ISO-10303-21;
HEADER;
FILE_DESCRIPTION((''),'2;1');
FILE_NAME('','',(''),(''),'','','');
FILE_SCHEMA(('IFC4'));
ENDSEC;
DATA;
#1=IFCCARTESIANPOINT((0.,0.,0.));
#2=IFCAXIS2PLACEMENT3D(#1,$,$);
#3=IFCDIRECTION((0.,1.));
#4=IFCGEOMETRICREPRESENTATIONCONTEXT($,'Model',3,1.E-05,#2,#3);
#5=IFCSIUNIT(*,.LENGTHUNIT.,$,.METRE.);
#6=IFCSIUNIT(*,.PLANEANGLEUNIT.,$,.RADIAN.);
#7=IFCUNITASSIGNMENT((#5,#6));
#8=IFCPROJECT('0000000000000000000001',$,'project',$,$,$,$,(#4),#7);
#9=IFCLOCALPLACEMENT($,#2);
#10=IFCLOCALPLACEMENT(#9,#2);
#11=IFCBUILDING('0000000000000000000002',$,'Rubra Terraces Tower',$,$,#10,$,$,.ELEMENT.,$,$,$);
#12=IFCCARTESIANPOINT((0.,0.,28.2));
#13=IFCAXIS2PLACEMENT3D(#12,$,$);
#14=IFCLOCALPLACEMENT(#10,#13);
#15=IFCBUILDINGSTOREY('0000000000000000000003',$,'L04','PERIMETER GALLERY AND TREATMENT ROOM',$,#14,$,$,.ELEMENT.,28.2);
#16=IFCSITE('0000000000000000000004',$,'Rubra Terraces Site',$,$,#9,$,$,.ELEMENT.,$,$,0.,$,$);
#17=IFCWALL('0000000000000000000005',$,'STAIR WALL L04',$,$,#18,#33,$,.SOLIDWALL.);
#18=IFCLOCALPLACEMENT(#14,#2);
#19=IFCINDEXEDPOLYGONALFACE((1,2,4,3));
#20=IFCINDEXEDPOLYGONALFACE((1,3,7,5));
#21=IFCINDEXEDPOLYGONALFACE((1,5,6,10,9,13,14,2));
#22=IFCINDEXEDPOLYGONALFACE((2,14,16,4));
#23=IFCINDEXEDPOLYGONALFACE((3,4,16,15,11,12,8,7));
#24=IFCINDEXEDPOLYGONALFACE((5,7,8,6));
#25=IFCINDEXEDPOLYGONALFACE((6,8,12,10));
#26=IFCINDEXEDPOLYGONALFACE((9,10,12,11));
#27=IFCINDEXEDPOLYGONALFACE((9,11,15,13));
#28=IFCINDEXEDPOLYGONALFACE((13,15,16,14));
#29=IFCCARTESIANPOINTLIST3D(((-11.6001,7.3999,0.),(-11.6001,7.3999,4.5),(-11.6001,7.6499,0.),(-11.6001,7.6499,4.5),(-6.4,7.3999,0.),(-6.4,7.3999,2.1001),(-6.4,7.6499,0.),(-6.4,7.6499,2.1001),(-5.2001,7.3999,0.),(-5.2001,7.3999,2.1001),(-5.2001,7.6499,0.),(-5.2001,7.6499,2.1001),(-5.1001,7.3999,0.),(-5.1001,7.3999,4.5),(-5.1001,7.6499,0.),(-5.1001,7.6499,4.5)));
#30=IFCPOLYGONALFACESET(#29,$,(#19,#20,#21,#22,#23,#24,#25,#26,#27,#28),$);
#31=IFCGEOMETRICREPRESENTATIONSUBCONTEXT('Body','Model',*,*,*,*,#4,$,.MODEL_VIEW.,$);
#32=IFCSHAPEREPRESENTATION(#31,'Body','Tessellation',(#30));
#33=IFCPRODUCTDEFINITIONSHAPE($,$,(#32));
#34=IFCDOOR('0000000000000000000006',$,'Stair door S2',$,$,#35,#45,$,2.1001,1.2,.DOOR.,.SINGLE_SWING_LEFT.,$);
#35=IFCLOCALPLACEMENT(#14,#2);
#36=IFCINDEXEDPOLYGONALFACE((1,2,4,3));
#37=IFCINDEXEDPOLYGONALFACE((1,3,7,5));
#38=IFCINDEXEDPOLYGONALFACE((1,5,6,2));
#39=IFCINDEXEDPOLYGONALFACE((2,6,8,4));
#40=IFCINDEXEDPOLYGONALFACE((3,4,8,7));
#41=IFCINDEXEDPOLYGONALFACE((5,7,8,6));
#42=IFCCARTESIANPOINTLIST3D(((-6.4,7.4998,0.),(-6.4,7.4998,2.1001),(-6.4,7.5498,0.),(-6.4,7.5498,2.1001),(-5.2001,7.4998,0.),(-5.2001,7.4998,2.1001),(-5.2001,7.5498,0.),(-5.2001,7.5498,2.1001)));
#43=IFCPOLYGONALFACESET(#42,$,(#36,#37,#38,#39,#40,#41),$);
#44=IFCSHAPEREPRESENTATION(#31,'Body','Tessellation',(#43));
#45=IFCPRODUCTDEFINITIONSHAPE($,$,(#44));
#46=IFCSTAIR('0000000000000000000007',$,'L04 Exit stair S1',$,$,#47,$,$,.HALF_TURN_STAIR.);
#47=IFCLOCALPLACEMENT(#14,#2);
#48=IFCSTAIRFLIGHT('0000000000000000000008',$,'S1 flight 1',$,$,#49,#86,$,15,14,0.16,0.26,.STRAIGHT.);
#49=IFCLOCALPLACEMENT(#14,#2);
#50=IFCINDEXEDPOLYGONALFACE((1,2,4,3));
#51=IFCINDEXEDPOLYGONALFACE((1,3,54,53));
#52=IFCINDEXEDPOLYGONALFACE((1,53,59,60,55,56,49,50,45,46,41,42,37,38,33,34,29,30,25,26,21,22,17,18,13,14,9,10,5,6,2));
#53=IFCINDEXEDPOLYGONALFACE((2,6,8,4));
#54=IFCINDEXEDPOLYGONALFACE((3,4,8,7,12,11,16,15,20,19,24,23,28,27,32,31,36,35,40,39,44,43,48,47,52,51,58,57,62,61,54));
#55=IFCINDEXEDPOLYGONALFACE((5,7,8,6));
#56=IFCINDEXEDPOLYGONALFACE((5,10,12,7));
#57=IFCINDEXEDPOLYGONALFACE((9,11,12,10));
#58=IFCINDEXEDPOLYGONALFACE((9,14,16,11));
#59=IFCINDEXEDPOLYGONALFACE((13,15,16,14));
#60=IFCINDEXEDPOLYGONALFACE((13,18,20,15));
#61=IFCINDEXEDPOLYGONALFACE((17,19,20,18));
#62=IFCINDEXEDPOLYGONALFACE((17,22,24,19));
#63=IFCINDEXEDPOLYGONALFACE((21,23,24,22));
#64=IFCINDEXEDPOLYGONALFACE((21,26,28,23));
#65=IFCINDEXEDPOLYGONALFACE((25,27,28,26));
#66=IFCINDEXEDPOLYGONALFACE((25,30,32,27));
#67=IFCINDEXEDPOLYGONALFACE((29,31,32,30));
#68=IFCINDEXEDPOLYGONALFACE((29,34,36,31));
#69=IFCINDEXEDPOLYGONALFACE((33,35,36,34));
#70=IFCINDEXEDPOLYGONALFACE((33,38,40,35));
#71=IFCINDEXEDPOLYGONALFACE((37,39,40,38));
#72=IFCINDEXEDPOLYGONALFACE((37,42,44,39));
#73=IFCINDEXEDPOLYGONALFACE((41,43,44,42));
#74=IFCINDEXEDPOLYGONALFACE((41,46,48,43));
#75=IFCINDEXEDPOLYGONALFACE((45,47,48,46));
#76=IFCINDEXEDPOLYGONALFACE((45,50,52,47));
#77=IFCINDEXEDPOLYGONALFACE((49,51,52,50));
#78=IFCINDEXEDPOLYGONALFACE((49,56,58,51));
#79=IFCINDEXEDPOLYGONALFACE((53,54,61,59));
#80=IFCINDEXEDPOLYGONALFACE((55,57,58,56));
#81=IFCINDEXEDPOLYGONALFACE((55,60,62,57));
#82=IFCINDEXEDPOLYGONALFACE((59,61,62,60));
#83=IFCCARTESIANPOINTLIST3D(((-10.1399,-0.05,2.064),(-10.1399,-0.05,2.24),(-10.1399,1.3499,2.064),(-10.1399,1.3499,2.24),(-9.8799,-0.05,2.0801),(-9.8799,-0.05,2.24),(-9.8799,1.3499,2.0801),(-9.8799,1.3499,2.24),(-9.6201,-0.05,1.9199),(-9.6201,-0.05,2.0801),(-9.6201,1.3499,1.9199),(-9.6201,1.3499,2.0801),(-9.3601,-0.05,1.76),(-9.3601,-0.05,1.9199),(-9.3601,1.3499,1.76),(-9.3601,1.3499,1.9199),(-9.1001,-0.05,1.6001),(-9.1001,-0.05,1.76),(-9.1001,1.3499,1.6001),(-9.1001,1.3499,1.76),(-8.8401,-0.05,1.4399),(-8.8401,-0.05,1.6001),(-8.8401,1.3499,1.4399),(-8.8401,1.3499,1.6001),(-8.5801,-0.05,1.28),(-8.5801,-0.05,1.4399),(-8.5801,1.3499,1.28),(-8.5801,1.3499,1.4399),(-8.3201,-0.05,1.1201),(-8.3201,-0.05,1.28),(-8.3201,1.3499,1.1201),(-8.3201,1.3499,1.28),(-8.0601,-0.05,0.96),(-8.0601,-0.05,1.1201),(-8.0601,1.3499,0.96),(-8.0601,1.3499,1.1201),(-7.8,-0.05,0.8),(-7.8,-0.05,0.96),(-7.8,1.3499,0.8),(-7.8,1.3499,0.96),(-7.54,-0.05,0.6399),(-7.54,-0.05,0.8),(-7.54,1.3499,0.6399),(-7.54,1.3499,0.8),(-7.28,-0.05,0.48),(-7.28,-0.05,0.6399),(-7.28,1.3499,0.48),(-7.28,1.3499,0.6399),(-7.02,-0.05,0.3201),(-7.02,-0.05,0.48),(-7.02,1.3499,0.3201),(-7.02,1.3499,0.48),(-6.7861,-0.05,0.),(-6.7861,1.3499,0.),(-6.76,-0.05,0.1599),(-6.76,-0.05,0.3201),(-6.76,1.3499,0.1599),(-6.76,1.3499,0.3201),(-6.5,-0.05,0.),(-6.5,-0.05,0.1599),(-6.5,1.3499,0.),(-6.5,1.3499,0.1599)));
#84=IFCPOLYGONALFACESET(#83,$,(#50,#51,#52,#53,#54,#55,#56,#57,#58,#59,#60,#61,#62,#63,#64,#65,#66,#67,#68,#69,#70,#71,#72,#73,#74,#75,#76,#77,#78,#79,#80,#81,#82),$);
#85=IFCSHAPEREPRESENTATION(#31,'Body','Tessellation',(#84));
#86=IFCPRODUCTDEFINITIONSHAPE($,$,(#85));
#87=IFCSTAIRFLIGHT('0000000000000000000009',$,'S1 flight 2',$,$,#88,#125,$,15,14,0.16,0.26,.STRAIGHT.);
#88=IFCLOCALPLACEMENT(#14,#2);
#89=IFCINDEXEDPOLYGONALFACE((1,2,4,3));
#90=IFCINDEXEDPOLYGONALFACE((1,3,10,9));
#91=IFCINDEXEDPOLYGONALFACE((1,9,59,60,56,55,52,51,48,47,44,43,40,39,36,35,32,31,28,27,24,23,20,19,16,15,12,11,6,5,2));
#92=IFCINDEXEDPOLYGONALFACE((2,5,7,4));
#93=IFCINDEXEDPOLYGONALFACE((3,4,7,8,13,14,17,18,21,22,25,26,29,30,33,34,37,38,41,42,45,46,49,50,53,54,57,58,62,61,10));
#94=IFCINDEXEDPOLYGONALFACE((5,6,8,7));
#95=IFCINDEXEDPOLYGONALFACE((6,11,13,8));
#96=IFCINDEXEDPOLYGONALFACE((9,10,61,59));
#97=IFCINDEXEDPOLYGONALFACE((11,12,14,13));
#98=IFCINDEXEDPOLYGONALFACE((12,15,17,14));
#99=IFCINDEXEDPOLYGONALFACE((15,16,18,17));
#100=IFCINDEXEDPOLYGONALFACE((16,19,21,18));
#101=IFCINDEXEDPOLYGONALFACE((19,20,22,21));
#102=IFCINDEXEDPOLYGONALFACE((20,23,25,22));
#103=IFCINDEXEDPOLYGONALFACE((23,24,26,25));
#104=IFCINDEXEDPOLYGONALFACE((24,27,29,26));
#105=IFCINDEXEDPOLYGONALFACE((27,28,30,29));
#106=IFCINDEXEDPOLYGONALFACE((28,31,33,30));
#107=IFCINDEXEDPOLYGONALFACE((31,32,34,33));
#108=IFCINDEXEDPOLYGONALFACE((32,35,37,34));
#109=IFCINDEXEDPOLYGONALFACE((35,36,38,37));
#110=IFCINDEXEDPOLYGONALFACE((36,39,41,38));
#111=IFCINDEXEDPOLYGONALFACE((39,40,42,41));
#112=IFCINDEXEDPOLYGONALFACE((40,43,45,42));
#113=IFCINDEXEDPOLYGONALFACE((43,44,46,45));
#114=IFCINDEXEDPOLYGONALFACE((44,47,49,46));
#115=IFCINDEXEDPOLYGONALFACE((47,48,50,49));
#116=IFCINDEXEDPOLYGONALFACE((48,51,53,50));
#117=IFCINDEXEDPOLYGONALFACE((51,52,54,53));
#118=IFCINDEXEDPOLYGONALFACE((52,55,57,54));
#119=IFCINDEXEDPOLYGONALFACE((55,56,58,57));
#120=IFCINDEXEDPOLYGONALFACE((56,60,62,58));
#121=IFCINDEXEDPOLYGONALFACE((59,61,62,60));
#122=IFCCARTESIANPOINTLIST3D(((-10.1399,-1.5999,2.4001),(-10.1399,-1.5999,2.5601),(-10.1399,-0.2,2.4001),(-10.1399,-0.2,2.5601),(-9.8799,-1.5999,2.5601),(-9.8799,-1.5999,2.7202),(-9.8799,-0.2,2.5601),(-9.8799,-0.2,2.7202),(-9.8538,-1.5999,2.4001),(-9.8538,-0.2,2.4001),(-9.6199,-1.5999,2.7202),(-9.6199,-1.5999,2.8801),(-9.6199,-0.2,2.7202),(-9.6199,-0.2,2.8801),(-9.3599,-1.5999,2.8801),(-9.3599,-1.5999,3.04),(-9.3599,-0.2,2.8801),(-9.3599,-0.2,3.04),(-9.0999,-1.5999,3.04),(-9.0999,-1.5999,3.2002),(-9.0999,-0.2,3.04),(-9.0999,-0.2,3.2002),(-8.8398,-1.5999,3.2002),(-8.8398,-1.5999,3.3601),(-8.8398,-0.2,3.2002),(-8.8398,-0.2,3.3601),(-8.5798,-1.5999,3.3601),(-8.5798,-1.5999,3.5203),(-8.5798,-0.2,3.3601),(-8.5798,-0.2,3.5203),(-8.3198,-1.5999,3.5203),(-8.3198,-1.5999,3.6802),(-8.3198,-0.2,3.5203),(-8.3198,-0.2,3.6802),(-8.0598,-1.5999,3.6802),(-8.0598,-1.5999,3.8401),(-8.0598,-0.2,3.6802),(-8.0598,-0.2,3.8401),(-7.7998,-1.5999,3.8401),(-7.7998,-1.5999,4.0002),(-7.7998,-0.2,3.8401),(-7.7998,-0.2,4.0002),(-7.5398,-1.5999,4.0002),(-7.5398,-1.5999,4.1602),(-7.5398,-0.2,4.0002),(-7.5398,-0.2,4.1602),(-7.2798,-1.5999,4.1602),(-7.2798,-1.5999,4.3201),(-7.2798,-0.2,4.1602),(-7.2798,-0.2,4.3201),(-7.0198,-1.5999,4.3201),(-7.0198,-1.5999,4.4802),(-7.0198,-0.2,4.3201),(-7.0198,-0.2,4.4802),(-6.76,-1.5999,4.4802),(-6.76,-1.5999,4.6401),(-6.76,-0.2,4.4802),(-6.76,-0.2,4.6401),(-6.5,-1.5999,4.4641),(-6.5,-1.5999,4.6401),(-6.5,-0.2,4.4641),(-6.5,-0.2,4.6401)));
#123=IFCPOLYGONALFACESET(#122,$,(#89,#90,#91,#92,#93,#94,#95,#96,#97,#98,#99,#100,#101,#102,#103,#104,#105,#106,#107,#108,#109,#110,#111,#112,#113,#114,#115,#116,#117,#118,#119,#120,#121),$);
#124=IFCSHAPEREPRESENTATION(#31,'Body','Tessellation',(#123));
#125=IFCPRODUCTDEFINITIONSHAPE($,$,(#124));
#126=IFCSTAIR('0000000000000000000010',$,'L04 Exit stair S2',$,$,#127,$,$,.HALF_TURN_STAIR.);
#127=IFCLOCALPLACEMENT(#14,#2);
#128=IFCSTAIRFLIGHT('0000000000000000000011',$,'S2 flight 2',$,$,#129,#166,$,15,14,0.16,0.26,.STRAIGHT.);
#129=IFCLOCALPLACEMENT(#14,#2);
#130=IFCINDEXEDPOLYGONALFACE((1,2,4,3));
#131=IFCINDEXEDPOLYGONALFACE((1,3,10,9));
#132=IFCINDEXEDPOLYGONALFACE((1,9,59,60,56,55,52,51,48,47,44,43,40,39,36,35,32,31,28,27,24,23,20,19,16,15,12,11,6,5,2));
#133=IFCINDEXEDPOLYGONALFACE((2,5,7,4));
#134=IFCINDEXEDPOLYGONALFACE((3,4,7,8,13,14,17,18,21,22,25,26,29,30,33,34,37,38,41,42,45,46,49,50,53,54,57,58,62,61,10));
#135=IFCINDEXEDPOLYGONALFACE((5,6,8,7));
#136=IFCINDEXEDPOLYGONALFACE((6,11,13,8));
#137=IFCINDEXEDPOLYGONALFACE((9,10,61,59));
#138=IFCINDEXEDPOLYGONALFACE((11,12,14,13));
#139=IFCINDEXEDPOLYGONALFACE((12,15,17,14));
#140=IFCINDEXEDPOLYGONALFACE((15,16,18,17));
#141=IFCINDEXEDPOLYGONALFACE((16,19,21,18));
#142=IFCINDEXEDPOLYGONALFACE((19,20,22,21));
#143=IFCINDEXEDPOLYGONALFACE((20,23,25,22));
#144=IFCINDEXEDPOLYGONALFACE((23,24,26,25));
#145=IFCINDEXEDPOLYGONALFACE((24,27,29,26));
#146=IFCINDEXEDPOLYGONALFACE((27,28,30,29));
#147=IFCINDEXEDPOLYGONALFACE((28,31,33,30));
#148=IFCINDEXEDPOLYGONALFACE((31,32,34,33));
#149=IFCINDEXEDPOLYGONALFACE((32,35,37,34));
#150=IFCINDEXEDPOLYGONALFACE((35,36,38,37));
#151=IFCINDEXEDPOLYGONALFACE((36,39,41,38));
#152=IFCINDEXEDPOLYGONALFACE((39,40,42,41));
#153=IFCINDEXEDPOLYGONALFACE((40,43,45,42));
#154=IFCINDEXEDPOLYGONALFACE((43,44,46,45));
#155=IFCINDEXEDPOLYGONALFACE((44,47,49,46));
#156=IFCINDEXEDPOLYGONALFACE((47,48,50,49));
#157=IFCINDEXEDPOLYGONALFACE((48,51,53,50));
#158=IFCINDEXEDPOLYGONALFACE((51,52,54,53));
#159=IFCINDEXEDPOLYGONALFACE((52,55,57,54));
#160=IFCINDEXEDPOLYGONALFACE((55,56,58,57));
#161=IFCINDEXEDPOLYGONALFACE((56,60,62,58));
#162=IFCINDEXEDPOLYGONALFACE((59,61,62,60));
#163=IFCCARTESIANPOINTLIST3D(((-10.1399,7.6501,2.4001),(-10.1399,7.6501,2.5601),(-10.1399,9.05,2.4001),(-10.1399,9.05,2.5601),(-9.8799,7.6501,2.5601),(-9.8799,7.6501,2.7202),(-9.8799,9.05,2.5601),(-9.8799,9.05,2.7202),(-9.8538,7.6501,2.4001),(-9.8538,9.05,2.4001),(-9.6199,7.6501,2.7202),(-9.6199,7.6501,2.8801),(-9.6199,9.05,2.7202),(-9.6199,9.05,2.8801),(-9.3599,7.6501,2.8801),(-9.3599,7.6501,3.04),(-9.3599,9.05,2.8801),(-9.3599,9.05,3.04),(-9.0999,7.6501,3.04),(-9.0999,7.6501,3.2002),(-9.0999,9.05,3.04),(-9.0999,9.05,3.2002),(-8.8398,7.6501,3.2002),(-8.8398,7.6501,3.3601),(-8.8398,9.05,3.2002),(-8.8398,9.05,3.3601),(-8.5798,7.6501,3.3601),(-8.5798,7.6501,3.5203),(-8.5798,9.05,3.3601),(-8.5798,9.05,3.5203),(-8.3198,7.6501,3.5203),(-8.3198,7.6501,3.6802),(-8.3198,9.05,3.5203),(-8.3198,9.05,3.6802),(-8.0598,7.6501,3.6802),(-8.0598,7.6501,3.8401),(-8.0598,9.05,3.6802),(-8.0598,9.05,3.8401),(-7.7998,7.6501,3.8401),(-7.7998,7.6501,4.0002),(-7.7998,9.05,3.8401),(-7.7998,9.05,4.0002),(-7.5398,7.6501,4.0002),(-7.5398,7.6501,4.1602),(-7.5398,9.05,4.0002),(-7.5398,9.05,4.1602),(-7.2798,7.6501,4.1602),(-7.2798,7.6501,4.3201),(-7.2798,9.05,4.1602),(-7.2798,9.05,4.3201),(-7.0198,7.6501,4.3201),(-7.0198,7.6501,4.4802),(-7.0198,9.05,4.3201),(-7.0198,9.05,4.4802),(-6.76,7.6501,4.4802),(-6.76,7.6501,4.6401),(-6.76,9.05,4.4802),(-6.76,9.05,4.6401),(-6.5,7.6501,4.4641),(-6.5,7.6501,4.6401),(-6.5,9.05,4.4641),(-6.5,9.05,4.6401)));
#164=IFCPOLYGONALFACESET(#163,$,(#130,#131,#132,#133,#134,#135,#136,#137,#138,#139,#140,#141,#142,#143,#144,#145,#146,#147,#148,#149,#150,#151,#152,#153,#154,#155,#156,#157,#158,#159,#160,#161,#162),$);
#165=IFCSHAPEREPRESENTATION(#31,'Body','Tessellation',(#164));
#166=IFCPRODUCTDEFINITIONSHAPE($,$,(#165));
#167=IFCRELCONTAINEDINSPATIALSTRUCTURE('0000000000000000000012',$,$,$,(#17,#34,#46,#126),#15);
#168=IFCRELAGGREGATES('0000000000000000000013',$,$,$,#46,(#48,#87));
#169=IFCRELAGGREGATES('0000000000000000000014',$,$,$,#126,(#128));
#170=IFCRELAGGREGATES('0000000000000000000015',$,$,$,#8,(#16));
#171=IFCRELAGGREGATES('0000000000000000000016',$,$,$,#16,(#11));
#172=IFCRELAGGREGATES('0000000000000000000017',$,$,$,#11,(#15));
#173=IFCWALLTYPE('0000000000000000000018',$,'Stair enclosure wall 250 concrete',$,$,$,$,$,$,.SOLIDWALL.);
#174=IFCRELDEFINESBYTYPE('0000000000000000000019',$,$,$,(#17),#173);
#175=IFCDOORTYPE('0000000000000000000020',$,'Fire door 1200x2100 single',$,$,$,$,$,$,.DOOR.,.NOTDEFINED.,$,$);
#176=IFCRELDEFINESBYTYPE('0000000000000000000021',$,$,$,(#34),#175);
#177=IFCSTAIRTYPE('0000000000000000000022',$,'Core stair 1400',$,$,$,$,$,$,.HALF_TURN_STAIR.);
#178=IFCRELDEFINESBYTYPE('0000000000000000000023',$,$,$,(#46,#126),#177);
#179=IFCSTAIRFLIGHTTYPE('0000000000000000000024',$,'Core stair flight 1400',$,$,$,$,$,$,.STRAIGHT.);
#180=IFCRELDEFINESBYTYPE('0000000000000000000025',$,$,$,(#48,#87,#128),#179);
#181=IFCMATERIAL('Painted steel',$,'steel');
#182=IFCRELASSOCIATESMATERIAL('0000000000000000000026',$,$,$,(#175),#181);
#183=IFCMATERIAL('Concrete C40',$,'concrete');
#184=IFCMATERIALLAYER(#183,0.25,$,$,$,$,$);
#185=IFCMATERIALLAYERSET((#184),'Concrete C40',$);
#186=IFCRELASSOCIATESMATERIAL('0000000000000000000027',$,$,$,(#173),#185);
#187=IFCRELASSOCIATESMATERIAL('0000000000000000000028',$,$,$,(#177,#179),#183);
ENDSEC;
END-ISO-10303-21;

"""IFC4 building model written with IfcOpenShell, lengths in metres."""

from ifc_helpers import new_model, si_unit, direction, frame, frame_2d, origin, place, context, subcontext, project, spatial, polyline, rectangle, outline, extrude, material, layer, layer_set, type_object, element, fill, aggregate, save


model = new_model("IFC4")

# Units and contexts
model_context = context("Model", 3, precision=1e-05, world=origin(), true_north=direction((0.0, 1.0)))
body_context = subcontext(model_context, "Body", "Model", "MODEL_VIEW")
ifc_project = project(units=[si_unit("LENGTHUNIT", "METRE"), si_unit("PLANEANGLEUNIT", "RADIAN")], contexts=[model_context])

# Site, building, storey
site_placement = place(None, origin())
site = spatial("IfcSite", under=ifc_project, at=site_placement, Name="Rubra Terraces Site", CompositionType="ELEMENT", RefElevation=0.0)
building_placement = place(site_placement, origin())
building = spatial("IfcBuilding", under=site, at=building_placement, Name="Rubra Terraces Tower", CompositionType="ELEMENT")
storey_placement = place(building_placement, frame((0.0, 0.0, 28.2)))
storey = spatial("IfcBuildingStorey", under=building, at=storey_placement, Name="L04", Description="PERIMETER GALLERY AND TREATMENT ROOM", CompositionType="ELEMENT", Elevation=28.2)

# Shared definitions
ifc_material_1 = material(Name="Painted steel", Category="steel")
door_type_1 = type_object("IfcDoorType", Name="Fire door 1200x2100 single", OperationType="NOTDEFINED", PredefinedType="DOOR", material=ifc_material_1)

# Wall, opening, door
ifc_material_2 = material(Name="Concrete C40", Category="concrete")
ifc_layer_1 = layer(ifc_material_2, 0.25)
ifc_layer_set_1 = layer_set([ifc_layer_1], Name="Concrete C40")
wall_type_1 = type_object("IfcWallType", Name="Stair enclosure wall 250 concrete", PredefinedType="SOLIDWALL", material=ifc_layer_set_1)
wall_1_placement = place(storey_placement, frame((-11.6001, 7.5249, 0.0), z_axis=(0.0, 0.0, 1.0), x_axis=(1.0, 0.0, 0.0)))
wall_1 = element("IfcWall", 1, at=wall_1_placement, inside=storey, type_object=wall_type_1, Name="STAIR WALL L04", PredefinedType="SOLIDWALL", context=body_context, shape_type="SweptSolid", body=[
    extrude(rectangle(XDim=6.5, YDim=0.25, at=frame_2d((3.25, 0.0))), origin(), (0.0, 0.0, 1.0), 4.5),
])
opening_1_placement = place(wall_1_placement, frame((5.2, 0.0, 0.0)))
opening_1 = element("IfcOpeningElement", 2, at=opening_1_placement, cuts=wall_1, PredefinedType="OPENING", context=body_context, shape_type="SweptSolid", body=[
    extrude(rectangle(XDim=1.2, YDim=2.1001, at=frame_2d((0.6001, 1.05))), frame((0.0, 0.135, 0.0), z_axis=(0.0, -1.0, 0.0), x_axis=(1.0, 0.0, 0.0)), (0.0, 0.0, 1.0), 0.27),
])
door_1_placement = place(opening_1_placement, origin())
door_1 = element("IfcDoor", 3, at=door_1_placement, inside=storey, type_object=door_type_1, Name="Stair door S2", OperationType="SINGLE_SWING_LEFT", OverallHeight=2.1001, OverallWidth=1.2, PredefinedType="DOOR", context=body_context, shape_type="SweptSolid", body=[
    extrude(rectangle(XDim=1.2, YDim=2.1001, at=frame_2d((0.6001, 1.05))), frame((0.0, 0.0249, 0.0), z_axis=(0.0, -1.0, 0.0), x_axis=(1.0, 0.0, 0.0)), (0.0, 0.0, 1.0), 0.05),
])
fill(opening_1, door_1)

# Stair, stair flights
stair_type = type_object("IfcStairType", Name="Core stair 1400", PredefinedType="HALF_TURN_STAIR", material=ifc_material_2)
stair_1_placement = place(storey_placement, origin())
stair_1 = element("IfcStair", 4, at=stair_1_placement, inside=storey, type_object=stair_type, Name="L04 Exit stair S1", PredefinedType="HALF_TURN_STAIR")
stair_flight_type = type_object("IfcStairFlightType", Name="Core stair flight 1400", PredefinedType="STRAIGHT", material=ifc_material_2)
stair_flight_1_placement = place(storey_placement, frame((-6.5, 0.6499, 0.0), z_axis=(0.0, 0.0, 1.0), x_axis=(-1.0, 0.0, 0.0)))
stair_flight_1 = element("IfcStairFlight", 5, at=stair_flight_1_placement, type_object=stair_flight_type, Name="S1 flight 1", NumberOfRisers=15, NumberOfTreads=14, PredefinedType="STRAIGHT", RiserHeight=0.16, TreadLength=0.26, context=body_context, shape_type="SweptSolid", body=[
    extrude(outline(polyline([(0.0, 0.0), (0.0, 0.1599), (0.26, 0.1599), (0.26, 0.3201), (0.52, 0.3201), (0.52, 0.48), (0.78, 0.48), (0.78, 0.6399), (1.04, 0.6399), (1.04, 0.8), (1.3, 0.8), (1.3, 0.96), (1.5601, 0.96), (1.5601, 1.1201), (1.8201, 1.1201), (1.8201, 1.28), (2.0801, 1.28), (2.0801, 1.4399), (2.3401, 1.4399), (2.3401, 1.6001), (2.6001, 1.6001), (2.6001, 1.76), (2.8601, 1.76), (2.8601, 1.9199), (3.1201, 1.9199), (3.1201, 2.0801), (3.3799, 2.0801), (3.3799, 2.24), (3.6399, 2.24), (3.6399, 2.3999), (3.6399, 2.064), (0.2861, 0.0), (0.0, 0.0)])), frame((0.0, 0.7, 0.0), z_axis=(0.0, -1.0, 0.0), x_axis=(1.0, 0.0, 0.0)), (0.0, 0.0, 1.0), 1.3999),
])
stair_flight_2_placement = place(storey_placement, frame((-10.1399, -0.8999, 2.4001), z_axis=(0.0, 0.0, 1.0), x_axis=(1.0, 0.0, 0.0)))
stair_flight_2 = element("IfcStairFlight", 6, at=stair_flight_2_placement, type_object=stair_flight_type, Name="S1 flight 2", NumberOfRisers=15, NumberOfTreads=14, PredefinedType="STRAIGHT", RiserHeight=0.16, TreadLength=0.26, context=body_context, shape_type="SweptSolid", body=[
    extrude(outline(polyline([(0.0, 0.0), (0.0, 0.1599), (0.26, 0.1599), (0.26, 0.3201), (0.52, 0.3201), (0.52, 0.48), (0.78, 0.48), (0.78, 0.6399), (1.04, 0.6399), (1.04, 0.8), (1.3, 0.8), (1.3, 0.96), (1.5601, 0.96), (1.5601, 1.1201), (1.8201, 1.1201), (1.8201, 1.28), (2.0801, 1.28), (2.0801, 1.4399), (2.3401, 1.4399), (2.3401, 1.6001), (2.6001, 1.6001), (2.6001, 1.76), (2.8601, 1.76), (2.8601, 1.9199), (3.1201, 1.9199), (3.1201, 2.0801), (3.3799, 2.0801), (3.3799, 2.24), (3.6399, 2.24), (3.6399, 2.3999), (3.6399, 2.064), (0.2861, 0.0), (0.0, 0.0)])), frame((0.0, 0.7, 0.0), z_axis=(0.0, -1.0, 0.0), x_axis=(1.0, 0.0, 0.0)), (0.0, 0.0, 1.0), 1.3999),
])
aggregate(stair_1, [stair_flight_1, stair_flight_2])

# Stair, stair flight
stair_2_placement = place(storey_placement, origin())
stair_2 = element("IfcStair", 7, at=stair_2_placement, inside=storey, type_object=stair_type, Name="L04 Exit stair S2", PredefinedType="HALF_TURN_STAIR")
stair_flight_3_placement = place(storey_placement, frame((-10.1399, 8.3501, 2.4001), z_axis=(0.0, 0.0, 1.0), x_axis=(1.0, 0.0, 0.0)))
stair_flight_3 = element("IfcStairFlight", 8, at=stair_flight_3_placement, type_object=stair_flight_type, Name="S2 flight 2", NumberOfRisers=15, NumberOfTreads=14, PredefinedType="STRAIGHT", RiserHeight=0.16, TreadLength=0.26, context=body_context, shape_type="SweptSolid", body=[
    extrude(outline(polyline([(0.0, 0.0), (0.0, 0.1599), (0.26, 0.1599), (0.26, 0.3201), (0.52, 0.3201), (0.52, 0.48), (0.78, 0.48), (0.78, 0.6399), (1.04, 0.6399), (1.04, 0.8), (1.3, 0.8), (1.3, 0.96), (1.5601, 0.96), (1.5601, 1.1201), (1.8201, 1.1201), (1.8201, 1.28), (2.0801, 1.28), (2.0801, 1.4399), (2.3401, 1.4399), (2.3401, 1.6001), (2.6001, 1.6001), (2.6001, 1.76), (2.8601, 1.76), (2.8601, 1.9199), (3.1201, 1.9199), (3.1201, 2.0801), (3.3799, 2.0801), (3.3799, 2.24), (3.6399, 2.24), (3.6399, 2.3999), (3.6399, 2.064), (0.2861, 0.0), (0.0, 0.0)])), frame((0.0, 0.7, 0.0), z_axis=(0.0, -1.0, 0.0), x_axis=(1.0, 0.0, 0.0)), (0.0, 0.0, 1.0), 1.3999),
])
aggregate(stair_2, [stair_flight_3])

save(model, "model.ifc")
